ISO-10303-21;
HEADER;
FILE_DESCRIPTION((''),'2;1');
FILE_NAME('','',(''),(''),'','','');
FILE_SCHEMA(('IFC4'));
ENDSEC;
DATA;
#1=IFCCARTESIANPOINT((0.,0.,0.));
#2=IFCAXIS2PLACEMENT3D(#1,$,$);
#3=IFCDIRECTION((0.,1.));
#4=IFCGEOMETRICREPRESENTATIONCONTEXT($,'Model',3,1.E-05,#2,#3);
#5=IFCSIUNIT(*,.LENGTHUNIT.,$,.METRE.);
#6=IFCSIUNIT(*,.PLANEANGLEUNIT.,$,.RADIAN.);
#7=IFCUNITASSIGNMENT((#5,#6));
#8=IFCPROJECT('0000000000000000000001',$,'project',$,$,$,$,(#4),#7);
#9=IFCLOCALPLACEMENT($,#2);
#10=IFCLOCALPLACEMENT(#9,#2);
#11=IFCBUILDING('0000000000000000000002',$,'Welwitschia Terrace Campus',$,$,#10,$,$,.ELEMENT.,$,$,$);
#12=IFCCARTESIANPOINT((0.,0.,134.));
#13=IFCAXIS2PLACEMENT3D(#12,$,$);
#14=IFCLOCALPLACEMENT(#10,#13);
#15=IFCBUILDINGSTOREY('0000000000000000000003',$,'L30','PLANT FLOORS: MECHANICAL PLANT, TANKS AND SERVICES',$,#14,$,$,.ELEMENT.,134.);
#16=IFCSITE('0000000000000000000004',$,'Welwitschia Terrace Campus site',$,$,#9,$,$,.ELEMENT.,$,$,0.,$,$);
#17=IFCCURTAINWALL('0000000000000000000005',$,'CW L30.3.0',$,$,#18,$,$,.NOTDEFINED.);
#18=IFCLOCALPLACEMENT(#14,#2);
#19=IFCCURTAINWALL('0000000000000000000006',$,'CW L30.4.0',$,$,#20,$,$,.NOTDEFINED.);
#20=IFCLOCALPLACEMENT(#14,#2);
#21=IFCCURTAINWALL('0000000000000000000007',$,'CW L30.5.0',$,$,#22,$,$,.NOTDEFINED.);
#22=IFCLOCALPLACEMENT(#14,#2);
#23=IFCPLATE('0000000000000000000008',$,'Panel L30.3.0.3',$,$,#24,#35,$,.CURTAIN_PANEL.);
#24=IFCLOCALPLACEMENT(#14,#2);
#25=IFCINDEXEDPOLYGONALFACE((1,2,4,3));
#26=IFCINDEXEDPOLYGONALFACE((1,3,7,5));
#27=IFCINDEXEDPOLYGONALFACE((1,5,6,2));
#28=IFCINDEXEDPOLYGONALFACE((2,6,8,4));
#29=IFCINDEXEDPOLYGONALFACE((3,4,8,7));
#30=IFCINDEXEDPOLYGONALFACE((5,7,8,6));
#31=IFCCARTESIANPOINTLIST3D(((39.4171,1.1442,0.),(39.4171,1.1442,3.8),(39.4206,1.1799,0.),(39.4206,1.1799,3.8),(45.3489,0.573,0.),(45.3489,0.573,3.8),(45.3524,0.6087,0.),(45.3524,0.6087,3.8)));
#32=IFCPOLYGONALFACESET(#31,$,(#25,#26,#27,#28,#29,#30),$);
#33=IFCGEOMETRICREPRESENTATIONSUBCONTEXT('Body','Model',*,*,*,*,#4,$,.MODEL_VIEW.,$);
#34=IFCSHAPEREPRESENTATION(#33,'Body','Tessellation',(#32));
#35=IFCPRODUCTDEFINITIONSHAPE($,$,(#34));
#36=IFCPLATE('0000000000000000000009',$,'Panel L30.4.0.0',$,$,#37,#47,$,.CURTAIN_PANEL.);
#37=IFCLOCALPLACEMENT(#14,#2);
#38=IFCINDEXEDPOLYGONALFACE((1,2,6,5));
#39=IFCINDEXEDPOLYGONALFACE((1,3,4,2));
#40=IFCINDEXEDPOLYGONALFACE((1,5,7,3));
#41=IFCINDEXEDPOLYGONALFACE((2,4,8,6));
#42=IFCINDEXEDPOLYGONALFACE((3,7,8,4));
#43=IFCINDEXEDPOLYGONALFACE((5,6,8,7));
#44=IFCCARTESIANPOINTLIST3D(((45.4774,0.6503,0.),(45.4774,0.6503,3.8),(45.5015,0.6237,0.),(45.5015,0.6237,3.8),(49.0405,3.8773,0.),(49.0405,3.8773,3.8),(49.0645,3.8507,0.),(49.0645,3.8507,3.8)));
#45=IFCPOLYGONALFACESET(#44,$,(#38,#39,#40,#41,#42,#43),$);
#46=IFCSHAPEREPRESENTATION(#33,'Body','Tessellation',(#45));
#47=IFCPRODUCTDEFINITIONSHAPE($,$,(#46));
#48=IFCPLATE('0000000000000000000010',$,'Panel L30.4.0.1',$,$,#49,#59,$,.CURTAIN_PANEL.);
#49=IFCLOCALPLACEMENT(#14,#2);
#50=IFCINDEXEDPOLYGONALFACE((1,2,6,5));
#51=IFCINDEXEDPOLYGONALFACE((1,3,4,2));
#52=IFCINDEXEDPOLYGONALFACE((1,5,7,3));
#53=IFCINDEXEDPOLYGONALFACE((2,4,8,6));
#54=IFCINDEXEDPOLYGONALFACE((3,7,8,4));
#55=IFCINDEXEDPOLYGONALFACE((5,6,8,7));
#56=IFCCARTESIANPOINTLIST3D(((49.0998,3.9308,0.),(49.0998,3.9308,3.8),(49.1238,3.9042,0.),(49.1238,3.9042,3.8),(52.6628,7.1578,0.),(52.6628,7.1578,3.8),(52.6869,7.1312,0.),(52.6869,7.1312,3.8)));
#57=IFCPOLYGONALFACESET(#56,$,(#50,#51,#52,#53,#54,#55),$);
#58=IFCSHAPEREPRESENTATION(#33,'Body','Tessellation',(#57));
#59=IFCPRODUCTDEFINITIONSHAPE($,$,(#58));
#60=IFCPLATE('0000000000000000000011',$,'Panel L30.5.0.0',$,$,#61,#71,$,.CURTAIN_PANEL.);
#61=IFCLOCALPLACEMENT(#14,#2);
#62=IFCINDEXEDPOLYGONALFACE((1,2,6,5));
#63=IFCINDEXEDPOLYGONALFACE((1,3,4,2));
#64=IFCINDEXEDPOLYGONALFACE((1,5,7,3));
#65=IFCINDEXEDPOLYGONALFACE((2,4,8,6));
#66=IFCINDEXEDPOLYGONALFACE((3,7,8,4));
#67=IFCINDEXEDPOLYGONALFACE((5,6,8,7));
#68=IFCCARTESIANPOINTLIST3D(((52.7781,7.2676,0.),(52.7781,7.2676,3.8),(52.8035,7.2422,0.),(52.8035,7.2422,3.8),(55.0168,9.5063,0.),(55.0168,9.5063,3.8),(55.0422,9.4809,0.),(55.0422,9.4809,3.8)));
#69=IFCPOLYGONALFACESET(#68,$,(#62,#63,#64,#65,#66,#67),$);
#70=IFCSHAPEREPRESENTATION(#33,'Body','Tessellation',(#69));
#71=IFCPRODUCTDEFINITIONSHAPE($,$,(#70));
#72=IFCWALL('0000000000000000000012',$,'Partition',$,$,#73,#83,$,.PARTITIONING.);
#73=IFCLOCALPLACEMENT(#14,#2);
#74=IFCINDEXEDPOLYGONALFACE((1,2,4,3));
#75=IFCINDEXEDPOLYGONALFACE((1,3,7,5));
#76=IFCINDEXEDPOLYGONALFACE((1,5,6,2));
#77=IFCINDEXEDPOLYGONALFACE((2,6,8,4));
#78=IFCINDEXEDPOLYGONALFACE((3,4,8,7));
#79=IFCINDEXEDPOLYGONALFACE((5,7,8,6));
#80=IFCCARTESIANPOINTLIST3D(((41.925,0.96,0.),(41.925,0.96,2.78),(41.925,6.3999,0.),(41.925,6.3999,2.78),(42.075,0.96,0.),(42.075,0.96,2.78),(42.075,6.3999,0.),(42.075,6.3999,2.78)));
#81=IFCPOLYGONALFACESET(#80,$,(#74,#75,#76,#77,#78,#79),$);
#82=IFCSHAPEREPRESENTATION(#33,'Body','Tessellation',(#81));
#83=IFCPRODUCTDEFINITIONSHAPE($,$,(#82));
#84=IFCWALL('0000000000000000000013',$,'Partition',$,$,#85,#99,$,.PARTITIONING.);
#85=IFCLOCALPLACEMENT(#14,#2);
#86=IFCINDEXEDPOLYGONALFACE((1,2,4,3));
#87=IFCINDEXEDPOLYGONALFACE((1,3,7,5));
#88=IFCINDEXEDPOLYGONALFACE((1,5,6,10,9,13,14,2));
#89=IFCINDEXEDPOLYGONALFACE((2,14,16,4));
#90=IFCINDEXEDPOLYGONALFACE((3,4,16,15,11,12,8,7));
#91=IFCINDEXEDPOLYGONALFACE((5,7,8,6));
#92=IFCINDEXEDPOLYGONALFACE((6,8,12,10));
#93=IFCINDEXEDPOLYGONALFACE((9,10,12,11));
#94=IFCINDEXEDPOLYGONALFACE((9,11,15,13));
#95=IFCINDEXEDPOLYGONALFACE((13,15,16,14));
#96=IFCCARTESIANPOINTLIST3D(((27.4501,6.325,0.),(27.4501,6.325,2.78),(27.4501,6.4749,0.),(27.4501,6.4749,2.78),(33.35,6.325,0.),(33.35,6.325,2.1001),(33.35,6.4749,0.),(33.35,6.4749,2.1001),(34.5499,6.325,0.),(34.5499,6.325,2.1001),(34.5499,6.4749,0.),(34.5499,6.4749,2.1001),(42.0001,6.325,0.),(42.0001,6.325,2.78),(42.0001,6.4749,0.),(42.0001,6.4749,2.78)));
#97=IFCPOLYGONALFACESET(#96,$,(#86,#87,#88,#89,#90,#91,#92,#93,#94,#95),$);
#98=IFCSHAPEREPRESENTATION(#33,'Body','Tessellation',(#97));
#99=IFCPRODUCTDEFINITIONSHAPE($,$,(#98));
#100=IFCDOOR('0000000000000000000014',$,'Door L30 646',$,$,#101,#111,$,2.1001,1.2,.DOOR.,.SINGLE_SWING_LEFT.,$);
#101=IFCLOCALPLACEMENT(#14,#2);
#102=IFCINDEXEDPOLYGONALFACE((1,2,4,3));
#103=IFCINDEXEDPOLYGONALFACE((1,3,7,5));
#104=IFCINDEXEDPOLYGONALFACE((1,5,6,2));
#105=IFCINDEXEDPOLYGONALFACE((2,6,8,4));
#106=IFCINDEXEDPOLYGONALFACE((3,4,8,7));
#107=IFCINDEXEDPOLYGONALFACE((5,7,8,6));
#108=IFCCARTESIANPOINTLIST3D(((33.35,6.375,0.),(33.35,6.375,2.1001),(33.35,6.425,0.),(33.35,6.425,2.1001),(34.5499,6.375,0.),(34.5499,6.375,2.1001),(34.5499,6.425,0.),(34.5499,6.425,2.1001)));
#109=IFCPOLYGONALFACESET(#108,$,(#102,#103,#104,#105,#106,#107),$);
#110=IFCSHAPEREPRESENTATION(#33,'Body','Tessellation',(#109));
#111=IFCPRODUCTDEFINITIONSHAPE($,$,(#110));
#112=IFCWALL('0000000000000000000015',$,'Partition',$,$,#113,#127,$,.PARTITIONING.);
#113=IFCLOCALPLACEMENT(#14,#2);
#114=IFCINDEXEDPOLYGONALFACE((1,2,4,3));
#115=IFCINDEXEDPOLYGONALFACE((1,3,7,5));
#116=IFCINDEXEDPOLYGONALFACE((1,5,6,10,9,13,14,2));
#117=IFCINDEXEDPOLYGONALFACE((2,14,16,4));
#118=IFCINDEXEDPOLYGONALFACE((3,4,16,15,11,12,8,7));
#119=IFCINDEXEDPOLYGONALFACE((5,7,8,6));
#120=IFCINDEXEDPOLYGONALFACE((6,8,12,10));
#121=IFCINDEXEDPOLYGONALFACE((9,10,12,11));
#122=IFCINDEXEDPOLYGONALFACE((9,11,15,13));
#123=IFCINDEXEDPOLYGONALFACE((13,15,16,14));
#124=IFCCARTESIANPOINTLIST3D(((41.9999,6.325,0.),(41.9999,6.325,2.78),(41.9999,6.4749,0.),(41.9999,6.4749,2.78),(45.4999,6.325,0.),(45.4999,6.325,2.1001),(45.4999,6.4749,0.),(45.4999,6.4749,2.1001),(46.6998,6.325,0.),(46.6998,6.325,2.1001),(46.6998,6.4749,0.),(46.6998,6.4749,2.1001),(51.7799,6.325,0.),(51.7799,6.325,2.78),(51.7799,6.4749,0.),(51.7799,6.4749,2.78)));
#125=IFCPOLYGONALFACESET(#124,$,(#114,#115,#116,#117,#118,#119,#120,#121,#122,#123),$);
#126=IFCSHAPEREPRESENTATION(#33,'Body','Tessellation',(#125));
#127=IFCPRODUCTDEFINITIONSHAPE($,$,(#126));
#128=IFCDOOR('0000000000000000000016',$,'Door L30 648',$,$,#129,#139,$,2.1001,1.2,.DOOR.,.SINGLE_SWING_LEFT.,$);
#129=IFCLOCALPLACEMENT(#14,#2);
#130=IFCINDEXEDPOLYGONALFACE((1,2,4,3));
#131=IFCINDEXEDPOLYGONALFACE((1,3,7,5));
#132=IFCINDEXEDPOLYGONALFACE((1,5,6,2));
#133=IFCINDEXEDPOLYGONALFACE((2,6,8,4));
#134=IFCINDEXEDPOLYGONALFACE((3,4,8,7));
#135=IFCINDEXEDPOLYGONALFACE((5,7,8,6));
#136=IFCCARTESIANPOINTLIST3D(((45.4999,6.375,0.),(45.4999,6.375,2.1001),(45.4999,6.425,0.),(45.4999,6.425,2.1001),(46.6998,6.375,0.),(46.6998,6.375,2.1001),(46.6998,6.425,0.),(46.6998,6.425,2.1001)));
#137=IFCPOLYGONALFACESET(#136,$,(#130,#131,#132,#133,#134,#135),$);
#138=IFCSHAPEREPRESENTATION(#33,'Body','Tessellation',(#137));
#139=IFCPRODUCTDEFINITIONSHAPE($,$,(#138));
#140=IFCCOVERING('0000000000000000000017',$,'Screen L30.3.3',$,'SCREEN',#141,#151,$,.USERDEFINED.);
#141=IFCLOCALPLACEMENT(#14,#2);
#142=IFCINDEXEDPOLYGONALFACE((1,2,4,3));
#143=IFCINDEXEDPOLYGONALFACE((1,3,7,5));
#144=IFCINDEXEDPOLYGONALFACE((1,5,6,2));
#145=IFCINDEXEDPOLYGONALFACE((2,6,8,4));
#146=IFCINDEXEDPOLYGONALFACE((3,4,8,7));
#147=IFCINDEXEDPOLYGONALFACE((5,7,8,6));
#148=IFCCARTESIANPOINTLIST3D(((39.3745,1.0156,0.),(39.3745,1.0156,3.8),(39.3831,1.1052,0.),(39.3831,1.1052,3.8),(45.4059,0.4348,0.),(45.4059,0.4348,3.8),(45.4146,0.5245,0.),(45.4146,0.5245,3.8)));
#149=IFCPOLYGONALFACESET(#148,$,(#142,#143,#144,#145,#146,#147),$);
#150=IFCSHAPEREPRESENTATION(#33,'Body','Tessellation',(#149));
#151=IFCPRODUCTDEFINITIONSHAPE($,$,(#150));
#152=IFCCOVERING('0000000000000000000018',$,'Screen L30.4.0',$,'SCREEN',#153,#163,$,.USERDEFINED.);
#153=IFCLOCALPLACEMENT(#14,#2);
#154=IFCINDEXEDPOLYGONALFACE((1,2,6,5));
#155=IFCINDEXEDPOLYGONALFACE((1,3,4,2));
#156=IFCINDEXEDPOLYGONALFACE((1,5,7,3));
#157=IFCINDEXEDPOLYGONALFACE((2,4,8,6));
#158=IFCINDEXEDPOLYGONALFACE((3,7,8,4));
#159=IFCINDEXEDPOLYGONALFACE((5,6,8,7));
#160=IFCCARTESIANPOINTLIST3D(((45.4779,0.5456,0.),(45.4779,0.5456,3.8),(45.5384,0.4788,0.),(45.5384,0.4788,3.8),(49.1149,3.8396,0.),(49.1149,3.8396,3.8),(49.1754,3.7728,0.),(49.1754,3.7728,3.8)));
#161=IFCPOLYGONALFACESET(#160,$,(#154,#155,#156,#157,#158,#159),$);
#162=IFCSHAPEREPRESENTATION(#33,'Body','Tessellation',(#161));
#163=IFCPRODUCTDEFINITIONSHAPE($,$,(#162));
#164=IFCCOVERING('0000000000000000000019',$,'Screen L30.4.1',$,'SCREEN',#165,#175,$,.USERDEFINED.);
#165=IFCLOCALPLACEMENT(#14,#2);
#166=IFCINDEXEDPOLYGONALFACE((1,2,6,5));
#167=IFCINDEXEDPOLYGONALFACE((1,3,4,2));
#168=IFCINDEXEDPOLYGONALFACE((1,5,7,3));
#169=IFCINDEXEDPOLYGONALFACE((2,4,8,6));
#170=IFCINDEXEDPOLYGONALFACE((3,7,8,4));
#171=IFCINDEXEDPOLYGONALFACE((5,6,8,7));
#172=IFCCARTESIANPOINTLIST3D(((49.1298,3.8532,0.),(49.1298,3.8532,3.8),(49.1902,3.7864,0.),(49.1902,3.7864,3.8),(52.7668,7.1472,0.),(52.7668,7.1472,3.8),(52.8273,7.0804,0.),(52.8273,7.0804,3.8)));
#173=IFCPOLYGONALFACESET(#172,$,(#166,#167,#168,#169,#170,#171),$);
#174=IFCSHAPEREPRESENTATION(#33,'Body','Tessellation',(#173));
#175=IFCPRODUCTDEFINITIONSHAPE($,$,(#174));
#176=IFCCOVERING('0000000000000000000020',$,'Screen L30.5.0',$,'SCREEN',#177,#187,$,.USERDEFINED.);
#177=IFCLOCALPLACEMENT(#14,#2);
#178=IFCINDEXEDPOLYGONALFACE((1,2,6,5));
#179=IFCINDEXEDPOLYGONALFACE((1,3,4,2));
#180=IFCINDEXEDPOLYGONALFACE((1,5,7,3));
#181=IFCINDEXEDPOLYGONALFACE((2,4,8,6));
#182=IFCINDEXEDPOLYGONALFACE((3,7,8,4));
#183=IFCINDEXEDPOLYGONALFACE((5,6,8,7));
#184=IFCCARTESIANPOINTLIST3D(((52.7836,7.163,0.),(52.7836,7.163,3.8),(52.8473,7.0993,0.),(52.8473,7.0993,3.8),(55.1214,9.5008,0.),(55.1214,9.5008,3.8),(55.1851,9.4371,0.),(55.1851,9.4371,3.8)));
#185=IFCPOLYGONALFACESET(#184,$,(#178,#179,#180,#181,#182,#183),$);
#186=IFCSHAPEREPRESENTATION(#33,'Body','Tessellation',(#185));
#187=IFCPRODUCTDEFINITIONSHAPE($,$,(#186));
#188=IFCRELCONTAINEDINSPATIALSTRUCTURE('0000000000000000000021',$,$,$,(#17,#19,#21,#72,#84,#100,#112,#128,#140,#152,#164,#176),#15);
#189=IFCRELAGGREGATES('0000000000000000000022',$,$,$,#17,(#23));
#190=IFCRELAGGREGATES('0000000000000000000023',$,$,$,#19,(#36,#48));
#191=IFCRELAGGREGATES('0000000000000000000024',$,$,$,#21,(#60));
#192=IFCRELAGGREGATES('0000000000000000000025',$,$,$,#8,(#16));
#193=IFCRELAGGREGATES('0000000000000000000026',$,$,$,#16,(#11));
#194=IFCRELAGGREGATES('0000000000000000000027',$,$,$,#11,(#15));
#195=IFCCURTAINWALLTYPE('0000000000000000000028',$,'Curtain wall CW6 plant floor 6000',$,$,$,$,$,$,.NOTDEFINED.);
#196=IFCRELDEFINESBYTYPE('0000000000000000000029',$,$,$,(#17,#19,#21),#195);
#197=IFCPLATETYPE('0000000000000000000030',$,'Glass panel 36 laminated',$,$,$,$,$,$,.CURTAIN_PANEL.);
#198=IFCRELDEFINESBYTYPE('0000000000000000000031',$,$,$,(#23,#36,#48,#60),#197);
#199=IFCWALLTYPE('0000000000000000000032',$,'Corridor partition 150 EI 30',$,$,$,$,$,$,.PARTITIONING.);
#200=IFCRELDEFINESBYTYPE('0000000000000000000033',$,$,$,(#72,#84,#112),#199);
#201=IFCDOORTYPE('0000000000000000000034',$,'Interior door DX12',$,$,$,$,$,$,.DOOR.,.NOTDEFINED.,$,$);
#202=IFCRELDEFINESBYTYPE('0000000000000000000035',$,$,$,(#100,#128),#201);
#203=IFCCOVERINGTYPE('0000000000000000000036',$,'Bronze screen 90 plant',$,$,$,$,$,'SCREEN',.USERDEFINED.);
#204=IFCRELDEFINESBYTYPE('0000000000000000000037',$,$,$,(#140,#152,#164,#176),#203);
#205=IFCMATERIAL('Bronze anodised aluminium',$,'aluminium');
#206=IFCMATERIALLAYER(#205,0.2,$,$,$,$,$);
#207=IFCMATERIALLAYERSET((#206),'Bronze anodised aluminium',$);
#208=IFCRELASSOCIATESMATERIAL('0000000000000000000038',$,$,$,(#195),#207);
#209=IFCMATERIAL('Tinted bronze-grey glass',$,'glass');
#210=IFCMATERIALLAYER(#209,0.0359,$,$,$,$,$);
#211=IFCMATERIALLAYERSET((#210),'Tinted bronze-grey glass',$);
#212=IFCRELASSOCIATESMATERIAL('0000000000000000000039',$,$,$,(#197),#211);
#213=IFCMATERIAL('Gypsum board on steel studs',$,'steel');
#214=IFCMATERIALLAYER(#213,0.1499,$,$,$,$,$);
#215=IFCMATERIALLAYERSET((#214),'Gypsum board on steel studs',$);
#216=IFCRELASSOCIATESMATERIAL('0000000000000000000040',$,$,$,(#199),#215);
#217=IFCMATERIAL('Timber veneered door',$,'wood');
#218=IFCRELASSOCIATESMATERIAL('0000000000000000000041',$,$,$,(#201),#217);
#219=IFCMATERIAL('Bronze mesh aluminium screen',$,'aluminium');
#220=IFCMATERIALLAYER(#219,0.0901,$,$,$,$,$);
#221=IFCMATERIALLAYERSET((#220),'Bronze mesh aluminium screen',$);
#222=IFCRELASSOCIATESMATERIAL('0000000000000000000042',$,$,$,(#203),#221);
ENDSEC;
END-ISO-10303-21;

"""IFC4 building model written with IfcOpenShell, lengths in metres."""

from ifc_helpers import new_model, si_unit, direction, frame, frame_2d, origin, origin_2d, place, context, subcontext, project, spatial, rectangle, extrude, material, layer, layer_set, type_object, element, fill, aggregate, save


model = new_model("IFC4")

# Units and contexts
model_context = context("Model", 3, precision=1e-05, world=origin(), true_north=direction((0.0, 1.0)))
body_context = subcontext(model_context, "Body", "Model", "MODEL_VIEW")
ifc_project = project(units=[si_unit("LENGTHUNIT", "METRE"), si_unit("PLANEANGLEUNIT", "RADIAN")], contexts=[model_context])

# Site, building, storey
site_placement = place(None, origin())
site = spatial("IfcSite", under=ifc_project, at=site_placement, Name="Welwitschia Terrace Campus site", CompositionType="ELEMENT", RefElevation=0.0)
building_placement = place(site_placement, origin())
building = spatial("IfcBuilding", under=site, at=building_placement, Name="Welwitschia Terrace Campus", CompositionType="ELEMENT")
storey_placement = place(building_placement, frame((0.0, 0.0, 134.0)))
storey = spatial("IfcBuildingStorey", under=building, at=storey_placement, Name="L30", Description="PLANT FLOORS: MECHANICAL PLANT, TANKS AND SERVICES", CompositionType="ELEMENT", Elevation=134.0)

# Curtain wall
ifc_material_1 = material(Name="Bronze anodised aluminium", Category="aluminium")
ifc_layer_1 = layer(ifc_material_1, 0.2)
ifc_layer_set_1 = layer_set([ifc_layer_1], Name="Bronze anodised aluminium")
curtain_wall_type = type_object("IfcCurtainWallType", Name="Curtain wall CW6 plant floor 6000", PredefinedType="NOTDEFINED", material=ifc_layer_set_1)
curtain_wall_1_placement = place(storey_placement, origin())
curtain_wall_1 = element("IfcCurtainWall", 1, at=curtain_wall_1_placement, inside=storey, type_object=curtain_wall_type, Name="CW L30.3.0", PredefinedType="NOTDEFINED")

# Curtain wall
curtain_wall_2_placement = place(storey_placement, origin())
curtain_wall_2 = element("IfcCurtainWall", 2, at=curtain_wall_2_placement, inside=storey, type_object=curtain_wall_type, Name="CW L30.4.0", PredefinedType="NOTDEFINED")

# Curtain wall
curtain_wall_3_placement = place(storey_placement, origin())
curtain_wall_3 = element("IfcCurtainWall", 3, at=curtain_wall_3_placement, inside=storey, type_object=curtain_wall_type, Name="CW L30.5.0", PredefinedType="NOTDEFINED")

# Plates
ifc_material_2 = material(Name="Tinted bronze-grey glass", Category="glass")
ifc_layer_2 = layer(ifc_material_2, 0.0359)
ifc_layer_set_2 = layer_set([ifc_layer_2], Name="Tinted bronze-grey glass")
plate_type = type_object("IfcPlateType", Name="Glass panel 36 laminated", PredefinedType="CURTAIN_PANEL", material=ifc_layer_set_2)
plate_1_placement = place(storey_placement, frame((42.3848, 0.8765, 0.0), z_axis=(0.0, 0.0, 1.0), x_axis=(0.995396, -0.095846, 0.0)))
plate_1 = element("IfcPlate", 4, at=plate_1_placement, type_object=plate_type, Name="Panel L30.3.0.3", PredefinedType="CURTAIN_PANEL", context=body_context, shape_type="SweptSolid", body=[
    extrude(rectangle(XDim=5.9592, YDim=0.0359, at=origin_2d()), origin(), (0.0, 0.0, 1.0), 3.8),
])
aggregate(curtain_wall_1, [plate_1])
plate_2_placement = place(storey_placement, frame((47.271, 2.2505, 0.0), z_axis=(0.0, 0.0, 1.0), x_axis=(0.741194, 0.671291, 0.0)))
plate_2 = element("IfcPlate", 5, at=plate_2_placement, type_object=plate_type, Name="Panel L30.4.0.0", PredefinedType="CURTAIN_PANEL", context=body_context, shape_type="SweptSolid", body=[
    extrude(rectangle(XDim=4.8071, YDim=0.0359, at=origin_2d()), origin(), (0.0, 0.0, 1.0), 3.8),
])
plate_3_placement = place(storey_placement, frame((50.8933, 5.531, 0.0), z_axis=(0.0, 0.0, 1.0), x_axis=(0.741194, 0.671291, 0.0)))
plate_3 = element("IfcPlate", 6, at=plate_3_placement, type_object=plate_type, Name="Panel L30.4.0.1", PredefinedType="CURTAIN_PANEL", context=body_context, shape_type="SweptSolid", body=[
    extrude(rectangle(XDim=4.8071, YDim=0.0359, at=origin_2d()), origin(), (0.0, 0.0, 1.0), 3.8),
])
aggregate(curtain_wall_2, [plate_2, plate_3])
plate_4_placement = place(storey_placement, frame((53.9102, 8.3743, 0.0), z_axis=(0.0, 0.0, 1.0), x_axis=(0.707107, 0.707107, 0.0)))
plate_4 = element("IfcPlate", 7, at=plate_4_placement, type_object=plate_type, Name="Panel L30.5.0.0", PredefinedType="CURTAIN_PANEL", context=body_context, shape_type="SweptSolid", body=[
    extrude(rectangle(XDim=3.166, YDim=0.0359, at=origin_2d()), origin(), (0.0, 0.0, 1.0), 3.8),
])
aggregate(curtain_wall_3, [plate_4])

# Wall
ifc_material_3 = material(Name="Gypsum board on steel studs", Category="steel")
ifc_layer_3 = layer(ifc_material_3, 0.1499)
ifc_layer_set_3 = layer_set([ifc_layer_3], Name="Gypsum board on steel studs")
wall_type = type_object("IfcWallType", Name="Corridor partition 150 EI 30", PredefinedType="PARTITIONING", material=ifc_layer_set_3)
wall_1_placement = place(storey_placement, frame((42.0, 0.96, 0.0), z_axis=(0.0, 0.0, 1.0), x_axis=(0.0, 1.0, 0.0)))
element("IfcWall", 8, at=wall_1_placement, inside=storey, type_object=wall_type, Name="Partition", PredefinedType="PARTITIONING", context=body_context, shape_type="SweptSolid", body=[
    extrude(rectangle(XDim=5.4399, YDim=0.1499, at=frame_2d((2.72, 0.0))), origin(), (0.0, 0.0, 1.0), 2.78),
])

# Walls, openings, doors
wall_2_placement = place(storey_placement, frame((42.0, 6.3999, 0.0), z_axis=(0.0, 0.0, 1.0), x_axis=(-1.0, 0.0, 0.0)))
wall_2 = element("IfcWall", 9, at=wall_2_placement, inside=storey, type_object=wall_type, Name="Partition", PredefinedType="PARTITIONING", context=body_context, shape_type="SweptSolid", body=[
    extrude(rectangle(XDim=14.55, YDim=0.1499, at=frame_2d((7.2749, 0.0))), origin(), (0.0, 0.0, 1.0), 2.78),
])
opening_1_placement = place(wall_2_placement, frame((7.45, 0.0, 0.0)))
opening_1 = element("IfcOpeningElement", 10, at=opening_1_placement, cuts=wall_2, PredefinedType="OPENING", context=body_context, shape_type="SweptSolid", body=[
    extrude(rectangle(XDim=1.2, YDim=2.1001, at=frame_2d((0.6001, 1.05))), frame((0.0, 0.085, 0.0), z_axis=(0.0, -1.0, 0.0), x_axis=(1.0, 0.0, 0.0)), (0.0, 0.0, 1.0), 0.1699),
])
ifc_material_4 = material(Name="Timber veneered door", Category="wood")
door_type = type_object("IfcDoorType", Name="Interior door DX12", OperationType="NOTDEFINED", PredefinedType="DOOR", material=ifc_material_4)
door_1_placement = place(opening_1_placement, origin())
door_1 = element("IfcDoor", 11, at=door_1_placement, inside=storey, type_object=door_type, Name="Door L30 646", OperationType="SINGLE_SWING_LEFT", OverallHeight=2.1001, OverallWidth=1.2, PredefinedType="DOOR", context=body_context, shape_type="SweptSolid", body=[
    extrude(rectangle(XDim=1.2, YDim=2.1001, at=frame_2d((0.6001, 1.05))), frame((0.0, 0.0249, 0.0), z_axis=(0.0, -1.0, 0.0), x_axis=(1.0, 0.0, 0.0)), (0.0, 0.0, 1.0), 0.05),
])
fill(opening_1, door_1)
wall_3_placement = place(storey_placement, frame((51.78, 6.3999, 0.0), z_axis=(0.0, 0.0, 1.0), x_axis=(-1.0, 0.0, 0.0)))
wall_3 = element("IfcWall", 12, at=wall_3_placement, inside=storey, type_object=wall_type, Name="Partition", PredefinedType="PARTITIONING", context=body_context, shape_type="SweptSolid", body=[
    extrude(rectangle(XDim=9.78, YDim=0.1499, at=frame_2d((4.8901, 0.0))), origin(), (0.0, 0.0, 1.0), 2.78),
])
opening_2_placement = place(wall_3_placement, frame((5.0801, 0.0, 0.0)))
opening_2 = element("IfcOpeningElement", 13, at=opening_2_placement, cuts=wall_3, PredefinedType="OPENING", context=body_context, shape_type="SweptSolid", body=[
    extrude(rectangle(XDim=1.2, YDim=2.1001, at=frame_2d((0.6001, 1.05))), frame((0.0, 0.085, 0.0), z_axis=(0.0, -1.0, 0.0), x_axis=(1.0, 0.0, 0.0)), (0.0, 0.0, 1.0), 0.1699),
])
door_2_placement = place(opening_2_placement, origin())
door_2 = element("IfcDoor", 14, at=door_2_placement, inside=storey, type_object=door_type, Name="Door L30 648", OperationType="SINGLE_SWING_LEFT", OverallHeight=2.1001, OverallWidth=1.2, PredefinedType="DOOR", context=body_context, shape_type="SweptSolid", body=[
    extrude(rectangle(XDim=1.2, YDim=2.1001, at=frame_2d((0.6001, 1.05))), frame((0.0, 0.0249, 0.0), z_axis=(0.0, -1.0, 0.0), x_axis=(1.0, 0.0, 0.0)), (0.0, 0.0, 1.0), 0.05),
])
fill(opening_2, door_2)

# Coverings
ifc_material_5 = material(Name="Bronze mesh aluminium screen", Category="aluminium")
ifc_layer_4 = layer(ifc_material_5, 0.0901)
ifc_layer_set_4 = layer_set([ifc_layer_4], Name="Bronze mesh aluminium screen")
covering_type = type_object("IfcCoveringType", Name="Bronze screen 90 plant", ElementType="SCREEN", PredefinedType="USERDEFINED", material=ifc_layer_set_4)
covering_1_placement = place(storey_placement, frame((42.3945, 0.77, 0.0), z_axis=(0.0, 0.0, 1.0), x_axis=(0.995396, -0.095846, 0.0)))
element("IfcCovering", 15, at=covering_1_placement, inside=storey, type_object=covering_type, Name="Screen L30.3.3", ObjectType="SCREEN", PredefinedType="USERDEFINED", context=body_context, shape_type="SweptSolid", body=[
    extrude(rectangle(XDim=6.0593, YDim=0.0901, at=origin_2d()), origin(), (0.0, 0.0, 1.0), 3.8),
])
for number, where, z_axis, x_axis, name in (
    (16, (47.3267, 2.1592, 0.0), (0.0, 0.0, 1.0), (0.741194, 0.671291, 0.0), "Screen L30.4.0"),
    (17, (50.9785, 5.4668, 0.0), (0.0, 0.0, 1.0), (0.741194, 0.671291, 0.0), "Screen L30.4.1"),
):
    element("IfcCovering", number, at=place(storey_placement, frame(where, z_axis=z_axis, x_axis=x_axis)), inside=storey, type_object=covering_type, Name=name, ObjectType="SCREEN", PredefinedType="USERDEFINED", context=body_context, shape_type="SweptSolid", body=[
        extrude(rectangle(XDim=4.907, YDim=0.0901, at=origin_2d()), origin(), (0.0, 0.0, 1.0), 3.8),
    ])
covering_2_placement = place(storey_placement, frame((53.9844, 8.3, 0.0), z_axis=(0.0, 0.0, 1.0), x_axis=(0.707107, 0.707107, 0.0)))
element("IfcCovering", 18, at=covering_2_placement, inside=storey, type_object=covering_type, Name="Screen L30.5.0", ObjectType="SCREEN", PredefinedType="USERDEFINED", context=body_context, shape_type="SweptSolid", body=[
    extrude(rectangle(XDim=3.3062, YDim=0.0901, at=origin_2d()), origin(), (0.0, 0.0, 1.0), 3.8),
])

save(model, "model.ifc")
